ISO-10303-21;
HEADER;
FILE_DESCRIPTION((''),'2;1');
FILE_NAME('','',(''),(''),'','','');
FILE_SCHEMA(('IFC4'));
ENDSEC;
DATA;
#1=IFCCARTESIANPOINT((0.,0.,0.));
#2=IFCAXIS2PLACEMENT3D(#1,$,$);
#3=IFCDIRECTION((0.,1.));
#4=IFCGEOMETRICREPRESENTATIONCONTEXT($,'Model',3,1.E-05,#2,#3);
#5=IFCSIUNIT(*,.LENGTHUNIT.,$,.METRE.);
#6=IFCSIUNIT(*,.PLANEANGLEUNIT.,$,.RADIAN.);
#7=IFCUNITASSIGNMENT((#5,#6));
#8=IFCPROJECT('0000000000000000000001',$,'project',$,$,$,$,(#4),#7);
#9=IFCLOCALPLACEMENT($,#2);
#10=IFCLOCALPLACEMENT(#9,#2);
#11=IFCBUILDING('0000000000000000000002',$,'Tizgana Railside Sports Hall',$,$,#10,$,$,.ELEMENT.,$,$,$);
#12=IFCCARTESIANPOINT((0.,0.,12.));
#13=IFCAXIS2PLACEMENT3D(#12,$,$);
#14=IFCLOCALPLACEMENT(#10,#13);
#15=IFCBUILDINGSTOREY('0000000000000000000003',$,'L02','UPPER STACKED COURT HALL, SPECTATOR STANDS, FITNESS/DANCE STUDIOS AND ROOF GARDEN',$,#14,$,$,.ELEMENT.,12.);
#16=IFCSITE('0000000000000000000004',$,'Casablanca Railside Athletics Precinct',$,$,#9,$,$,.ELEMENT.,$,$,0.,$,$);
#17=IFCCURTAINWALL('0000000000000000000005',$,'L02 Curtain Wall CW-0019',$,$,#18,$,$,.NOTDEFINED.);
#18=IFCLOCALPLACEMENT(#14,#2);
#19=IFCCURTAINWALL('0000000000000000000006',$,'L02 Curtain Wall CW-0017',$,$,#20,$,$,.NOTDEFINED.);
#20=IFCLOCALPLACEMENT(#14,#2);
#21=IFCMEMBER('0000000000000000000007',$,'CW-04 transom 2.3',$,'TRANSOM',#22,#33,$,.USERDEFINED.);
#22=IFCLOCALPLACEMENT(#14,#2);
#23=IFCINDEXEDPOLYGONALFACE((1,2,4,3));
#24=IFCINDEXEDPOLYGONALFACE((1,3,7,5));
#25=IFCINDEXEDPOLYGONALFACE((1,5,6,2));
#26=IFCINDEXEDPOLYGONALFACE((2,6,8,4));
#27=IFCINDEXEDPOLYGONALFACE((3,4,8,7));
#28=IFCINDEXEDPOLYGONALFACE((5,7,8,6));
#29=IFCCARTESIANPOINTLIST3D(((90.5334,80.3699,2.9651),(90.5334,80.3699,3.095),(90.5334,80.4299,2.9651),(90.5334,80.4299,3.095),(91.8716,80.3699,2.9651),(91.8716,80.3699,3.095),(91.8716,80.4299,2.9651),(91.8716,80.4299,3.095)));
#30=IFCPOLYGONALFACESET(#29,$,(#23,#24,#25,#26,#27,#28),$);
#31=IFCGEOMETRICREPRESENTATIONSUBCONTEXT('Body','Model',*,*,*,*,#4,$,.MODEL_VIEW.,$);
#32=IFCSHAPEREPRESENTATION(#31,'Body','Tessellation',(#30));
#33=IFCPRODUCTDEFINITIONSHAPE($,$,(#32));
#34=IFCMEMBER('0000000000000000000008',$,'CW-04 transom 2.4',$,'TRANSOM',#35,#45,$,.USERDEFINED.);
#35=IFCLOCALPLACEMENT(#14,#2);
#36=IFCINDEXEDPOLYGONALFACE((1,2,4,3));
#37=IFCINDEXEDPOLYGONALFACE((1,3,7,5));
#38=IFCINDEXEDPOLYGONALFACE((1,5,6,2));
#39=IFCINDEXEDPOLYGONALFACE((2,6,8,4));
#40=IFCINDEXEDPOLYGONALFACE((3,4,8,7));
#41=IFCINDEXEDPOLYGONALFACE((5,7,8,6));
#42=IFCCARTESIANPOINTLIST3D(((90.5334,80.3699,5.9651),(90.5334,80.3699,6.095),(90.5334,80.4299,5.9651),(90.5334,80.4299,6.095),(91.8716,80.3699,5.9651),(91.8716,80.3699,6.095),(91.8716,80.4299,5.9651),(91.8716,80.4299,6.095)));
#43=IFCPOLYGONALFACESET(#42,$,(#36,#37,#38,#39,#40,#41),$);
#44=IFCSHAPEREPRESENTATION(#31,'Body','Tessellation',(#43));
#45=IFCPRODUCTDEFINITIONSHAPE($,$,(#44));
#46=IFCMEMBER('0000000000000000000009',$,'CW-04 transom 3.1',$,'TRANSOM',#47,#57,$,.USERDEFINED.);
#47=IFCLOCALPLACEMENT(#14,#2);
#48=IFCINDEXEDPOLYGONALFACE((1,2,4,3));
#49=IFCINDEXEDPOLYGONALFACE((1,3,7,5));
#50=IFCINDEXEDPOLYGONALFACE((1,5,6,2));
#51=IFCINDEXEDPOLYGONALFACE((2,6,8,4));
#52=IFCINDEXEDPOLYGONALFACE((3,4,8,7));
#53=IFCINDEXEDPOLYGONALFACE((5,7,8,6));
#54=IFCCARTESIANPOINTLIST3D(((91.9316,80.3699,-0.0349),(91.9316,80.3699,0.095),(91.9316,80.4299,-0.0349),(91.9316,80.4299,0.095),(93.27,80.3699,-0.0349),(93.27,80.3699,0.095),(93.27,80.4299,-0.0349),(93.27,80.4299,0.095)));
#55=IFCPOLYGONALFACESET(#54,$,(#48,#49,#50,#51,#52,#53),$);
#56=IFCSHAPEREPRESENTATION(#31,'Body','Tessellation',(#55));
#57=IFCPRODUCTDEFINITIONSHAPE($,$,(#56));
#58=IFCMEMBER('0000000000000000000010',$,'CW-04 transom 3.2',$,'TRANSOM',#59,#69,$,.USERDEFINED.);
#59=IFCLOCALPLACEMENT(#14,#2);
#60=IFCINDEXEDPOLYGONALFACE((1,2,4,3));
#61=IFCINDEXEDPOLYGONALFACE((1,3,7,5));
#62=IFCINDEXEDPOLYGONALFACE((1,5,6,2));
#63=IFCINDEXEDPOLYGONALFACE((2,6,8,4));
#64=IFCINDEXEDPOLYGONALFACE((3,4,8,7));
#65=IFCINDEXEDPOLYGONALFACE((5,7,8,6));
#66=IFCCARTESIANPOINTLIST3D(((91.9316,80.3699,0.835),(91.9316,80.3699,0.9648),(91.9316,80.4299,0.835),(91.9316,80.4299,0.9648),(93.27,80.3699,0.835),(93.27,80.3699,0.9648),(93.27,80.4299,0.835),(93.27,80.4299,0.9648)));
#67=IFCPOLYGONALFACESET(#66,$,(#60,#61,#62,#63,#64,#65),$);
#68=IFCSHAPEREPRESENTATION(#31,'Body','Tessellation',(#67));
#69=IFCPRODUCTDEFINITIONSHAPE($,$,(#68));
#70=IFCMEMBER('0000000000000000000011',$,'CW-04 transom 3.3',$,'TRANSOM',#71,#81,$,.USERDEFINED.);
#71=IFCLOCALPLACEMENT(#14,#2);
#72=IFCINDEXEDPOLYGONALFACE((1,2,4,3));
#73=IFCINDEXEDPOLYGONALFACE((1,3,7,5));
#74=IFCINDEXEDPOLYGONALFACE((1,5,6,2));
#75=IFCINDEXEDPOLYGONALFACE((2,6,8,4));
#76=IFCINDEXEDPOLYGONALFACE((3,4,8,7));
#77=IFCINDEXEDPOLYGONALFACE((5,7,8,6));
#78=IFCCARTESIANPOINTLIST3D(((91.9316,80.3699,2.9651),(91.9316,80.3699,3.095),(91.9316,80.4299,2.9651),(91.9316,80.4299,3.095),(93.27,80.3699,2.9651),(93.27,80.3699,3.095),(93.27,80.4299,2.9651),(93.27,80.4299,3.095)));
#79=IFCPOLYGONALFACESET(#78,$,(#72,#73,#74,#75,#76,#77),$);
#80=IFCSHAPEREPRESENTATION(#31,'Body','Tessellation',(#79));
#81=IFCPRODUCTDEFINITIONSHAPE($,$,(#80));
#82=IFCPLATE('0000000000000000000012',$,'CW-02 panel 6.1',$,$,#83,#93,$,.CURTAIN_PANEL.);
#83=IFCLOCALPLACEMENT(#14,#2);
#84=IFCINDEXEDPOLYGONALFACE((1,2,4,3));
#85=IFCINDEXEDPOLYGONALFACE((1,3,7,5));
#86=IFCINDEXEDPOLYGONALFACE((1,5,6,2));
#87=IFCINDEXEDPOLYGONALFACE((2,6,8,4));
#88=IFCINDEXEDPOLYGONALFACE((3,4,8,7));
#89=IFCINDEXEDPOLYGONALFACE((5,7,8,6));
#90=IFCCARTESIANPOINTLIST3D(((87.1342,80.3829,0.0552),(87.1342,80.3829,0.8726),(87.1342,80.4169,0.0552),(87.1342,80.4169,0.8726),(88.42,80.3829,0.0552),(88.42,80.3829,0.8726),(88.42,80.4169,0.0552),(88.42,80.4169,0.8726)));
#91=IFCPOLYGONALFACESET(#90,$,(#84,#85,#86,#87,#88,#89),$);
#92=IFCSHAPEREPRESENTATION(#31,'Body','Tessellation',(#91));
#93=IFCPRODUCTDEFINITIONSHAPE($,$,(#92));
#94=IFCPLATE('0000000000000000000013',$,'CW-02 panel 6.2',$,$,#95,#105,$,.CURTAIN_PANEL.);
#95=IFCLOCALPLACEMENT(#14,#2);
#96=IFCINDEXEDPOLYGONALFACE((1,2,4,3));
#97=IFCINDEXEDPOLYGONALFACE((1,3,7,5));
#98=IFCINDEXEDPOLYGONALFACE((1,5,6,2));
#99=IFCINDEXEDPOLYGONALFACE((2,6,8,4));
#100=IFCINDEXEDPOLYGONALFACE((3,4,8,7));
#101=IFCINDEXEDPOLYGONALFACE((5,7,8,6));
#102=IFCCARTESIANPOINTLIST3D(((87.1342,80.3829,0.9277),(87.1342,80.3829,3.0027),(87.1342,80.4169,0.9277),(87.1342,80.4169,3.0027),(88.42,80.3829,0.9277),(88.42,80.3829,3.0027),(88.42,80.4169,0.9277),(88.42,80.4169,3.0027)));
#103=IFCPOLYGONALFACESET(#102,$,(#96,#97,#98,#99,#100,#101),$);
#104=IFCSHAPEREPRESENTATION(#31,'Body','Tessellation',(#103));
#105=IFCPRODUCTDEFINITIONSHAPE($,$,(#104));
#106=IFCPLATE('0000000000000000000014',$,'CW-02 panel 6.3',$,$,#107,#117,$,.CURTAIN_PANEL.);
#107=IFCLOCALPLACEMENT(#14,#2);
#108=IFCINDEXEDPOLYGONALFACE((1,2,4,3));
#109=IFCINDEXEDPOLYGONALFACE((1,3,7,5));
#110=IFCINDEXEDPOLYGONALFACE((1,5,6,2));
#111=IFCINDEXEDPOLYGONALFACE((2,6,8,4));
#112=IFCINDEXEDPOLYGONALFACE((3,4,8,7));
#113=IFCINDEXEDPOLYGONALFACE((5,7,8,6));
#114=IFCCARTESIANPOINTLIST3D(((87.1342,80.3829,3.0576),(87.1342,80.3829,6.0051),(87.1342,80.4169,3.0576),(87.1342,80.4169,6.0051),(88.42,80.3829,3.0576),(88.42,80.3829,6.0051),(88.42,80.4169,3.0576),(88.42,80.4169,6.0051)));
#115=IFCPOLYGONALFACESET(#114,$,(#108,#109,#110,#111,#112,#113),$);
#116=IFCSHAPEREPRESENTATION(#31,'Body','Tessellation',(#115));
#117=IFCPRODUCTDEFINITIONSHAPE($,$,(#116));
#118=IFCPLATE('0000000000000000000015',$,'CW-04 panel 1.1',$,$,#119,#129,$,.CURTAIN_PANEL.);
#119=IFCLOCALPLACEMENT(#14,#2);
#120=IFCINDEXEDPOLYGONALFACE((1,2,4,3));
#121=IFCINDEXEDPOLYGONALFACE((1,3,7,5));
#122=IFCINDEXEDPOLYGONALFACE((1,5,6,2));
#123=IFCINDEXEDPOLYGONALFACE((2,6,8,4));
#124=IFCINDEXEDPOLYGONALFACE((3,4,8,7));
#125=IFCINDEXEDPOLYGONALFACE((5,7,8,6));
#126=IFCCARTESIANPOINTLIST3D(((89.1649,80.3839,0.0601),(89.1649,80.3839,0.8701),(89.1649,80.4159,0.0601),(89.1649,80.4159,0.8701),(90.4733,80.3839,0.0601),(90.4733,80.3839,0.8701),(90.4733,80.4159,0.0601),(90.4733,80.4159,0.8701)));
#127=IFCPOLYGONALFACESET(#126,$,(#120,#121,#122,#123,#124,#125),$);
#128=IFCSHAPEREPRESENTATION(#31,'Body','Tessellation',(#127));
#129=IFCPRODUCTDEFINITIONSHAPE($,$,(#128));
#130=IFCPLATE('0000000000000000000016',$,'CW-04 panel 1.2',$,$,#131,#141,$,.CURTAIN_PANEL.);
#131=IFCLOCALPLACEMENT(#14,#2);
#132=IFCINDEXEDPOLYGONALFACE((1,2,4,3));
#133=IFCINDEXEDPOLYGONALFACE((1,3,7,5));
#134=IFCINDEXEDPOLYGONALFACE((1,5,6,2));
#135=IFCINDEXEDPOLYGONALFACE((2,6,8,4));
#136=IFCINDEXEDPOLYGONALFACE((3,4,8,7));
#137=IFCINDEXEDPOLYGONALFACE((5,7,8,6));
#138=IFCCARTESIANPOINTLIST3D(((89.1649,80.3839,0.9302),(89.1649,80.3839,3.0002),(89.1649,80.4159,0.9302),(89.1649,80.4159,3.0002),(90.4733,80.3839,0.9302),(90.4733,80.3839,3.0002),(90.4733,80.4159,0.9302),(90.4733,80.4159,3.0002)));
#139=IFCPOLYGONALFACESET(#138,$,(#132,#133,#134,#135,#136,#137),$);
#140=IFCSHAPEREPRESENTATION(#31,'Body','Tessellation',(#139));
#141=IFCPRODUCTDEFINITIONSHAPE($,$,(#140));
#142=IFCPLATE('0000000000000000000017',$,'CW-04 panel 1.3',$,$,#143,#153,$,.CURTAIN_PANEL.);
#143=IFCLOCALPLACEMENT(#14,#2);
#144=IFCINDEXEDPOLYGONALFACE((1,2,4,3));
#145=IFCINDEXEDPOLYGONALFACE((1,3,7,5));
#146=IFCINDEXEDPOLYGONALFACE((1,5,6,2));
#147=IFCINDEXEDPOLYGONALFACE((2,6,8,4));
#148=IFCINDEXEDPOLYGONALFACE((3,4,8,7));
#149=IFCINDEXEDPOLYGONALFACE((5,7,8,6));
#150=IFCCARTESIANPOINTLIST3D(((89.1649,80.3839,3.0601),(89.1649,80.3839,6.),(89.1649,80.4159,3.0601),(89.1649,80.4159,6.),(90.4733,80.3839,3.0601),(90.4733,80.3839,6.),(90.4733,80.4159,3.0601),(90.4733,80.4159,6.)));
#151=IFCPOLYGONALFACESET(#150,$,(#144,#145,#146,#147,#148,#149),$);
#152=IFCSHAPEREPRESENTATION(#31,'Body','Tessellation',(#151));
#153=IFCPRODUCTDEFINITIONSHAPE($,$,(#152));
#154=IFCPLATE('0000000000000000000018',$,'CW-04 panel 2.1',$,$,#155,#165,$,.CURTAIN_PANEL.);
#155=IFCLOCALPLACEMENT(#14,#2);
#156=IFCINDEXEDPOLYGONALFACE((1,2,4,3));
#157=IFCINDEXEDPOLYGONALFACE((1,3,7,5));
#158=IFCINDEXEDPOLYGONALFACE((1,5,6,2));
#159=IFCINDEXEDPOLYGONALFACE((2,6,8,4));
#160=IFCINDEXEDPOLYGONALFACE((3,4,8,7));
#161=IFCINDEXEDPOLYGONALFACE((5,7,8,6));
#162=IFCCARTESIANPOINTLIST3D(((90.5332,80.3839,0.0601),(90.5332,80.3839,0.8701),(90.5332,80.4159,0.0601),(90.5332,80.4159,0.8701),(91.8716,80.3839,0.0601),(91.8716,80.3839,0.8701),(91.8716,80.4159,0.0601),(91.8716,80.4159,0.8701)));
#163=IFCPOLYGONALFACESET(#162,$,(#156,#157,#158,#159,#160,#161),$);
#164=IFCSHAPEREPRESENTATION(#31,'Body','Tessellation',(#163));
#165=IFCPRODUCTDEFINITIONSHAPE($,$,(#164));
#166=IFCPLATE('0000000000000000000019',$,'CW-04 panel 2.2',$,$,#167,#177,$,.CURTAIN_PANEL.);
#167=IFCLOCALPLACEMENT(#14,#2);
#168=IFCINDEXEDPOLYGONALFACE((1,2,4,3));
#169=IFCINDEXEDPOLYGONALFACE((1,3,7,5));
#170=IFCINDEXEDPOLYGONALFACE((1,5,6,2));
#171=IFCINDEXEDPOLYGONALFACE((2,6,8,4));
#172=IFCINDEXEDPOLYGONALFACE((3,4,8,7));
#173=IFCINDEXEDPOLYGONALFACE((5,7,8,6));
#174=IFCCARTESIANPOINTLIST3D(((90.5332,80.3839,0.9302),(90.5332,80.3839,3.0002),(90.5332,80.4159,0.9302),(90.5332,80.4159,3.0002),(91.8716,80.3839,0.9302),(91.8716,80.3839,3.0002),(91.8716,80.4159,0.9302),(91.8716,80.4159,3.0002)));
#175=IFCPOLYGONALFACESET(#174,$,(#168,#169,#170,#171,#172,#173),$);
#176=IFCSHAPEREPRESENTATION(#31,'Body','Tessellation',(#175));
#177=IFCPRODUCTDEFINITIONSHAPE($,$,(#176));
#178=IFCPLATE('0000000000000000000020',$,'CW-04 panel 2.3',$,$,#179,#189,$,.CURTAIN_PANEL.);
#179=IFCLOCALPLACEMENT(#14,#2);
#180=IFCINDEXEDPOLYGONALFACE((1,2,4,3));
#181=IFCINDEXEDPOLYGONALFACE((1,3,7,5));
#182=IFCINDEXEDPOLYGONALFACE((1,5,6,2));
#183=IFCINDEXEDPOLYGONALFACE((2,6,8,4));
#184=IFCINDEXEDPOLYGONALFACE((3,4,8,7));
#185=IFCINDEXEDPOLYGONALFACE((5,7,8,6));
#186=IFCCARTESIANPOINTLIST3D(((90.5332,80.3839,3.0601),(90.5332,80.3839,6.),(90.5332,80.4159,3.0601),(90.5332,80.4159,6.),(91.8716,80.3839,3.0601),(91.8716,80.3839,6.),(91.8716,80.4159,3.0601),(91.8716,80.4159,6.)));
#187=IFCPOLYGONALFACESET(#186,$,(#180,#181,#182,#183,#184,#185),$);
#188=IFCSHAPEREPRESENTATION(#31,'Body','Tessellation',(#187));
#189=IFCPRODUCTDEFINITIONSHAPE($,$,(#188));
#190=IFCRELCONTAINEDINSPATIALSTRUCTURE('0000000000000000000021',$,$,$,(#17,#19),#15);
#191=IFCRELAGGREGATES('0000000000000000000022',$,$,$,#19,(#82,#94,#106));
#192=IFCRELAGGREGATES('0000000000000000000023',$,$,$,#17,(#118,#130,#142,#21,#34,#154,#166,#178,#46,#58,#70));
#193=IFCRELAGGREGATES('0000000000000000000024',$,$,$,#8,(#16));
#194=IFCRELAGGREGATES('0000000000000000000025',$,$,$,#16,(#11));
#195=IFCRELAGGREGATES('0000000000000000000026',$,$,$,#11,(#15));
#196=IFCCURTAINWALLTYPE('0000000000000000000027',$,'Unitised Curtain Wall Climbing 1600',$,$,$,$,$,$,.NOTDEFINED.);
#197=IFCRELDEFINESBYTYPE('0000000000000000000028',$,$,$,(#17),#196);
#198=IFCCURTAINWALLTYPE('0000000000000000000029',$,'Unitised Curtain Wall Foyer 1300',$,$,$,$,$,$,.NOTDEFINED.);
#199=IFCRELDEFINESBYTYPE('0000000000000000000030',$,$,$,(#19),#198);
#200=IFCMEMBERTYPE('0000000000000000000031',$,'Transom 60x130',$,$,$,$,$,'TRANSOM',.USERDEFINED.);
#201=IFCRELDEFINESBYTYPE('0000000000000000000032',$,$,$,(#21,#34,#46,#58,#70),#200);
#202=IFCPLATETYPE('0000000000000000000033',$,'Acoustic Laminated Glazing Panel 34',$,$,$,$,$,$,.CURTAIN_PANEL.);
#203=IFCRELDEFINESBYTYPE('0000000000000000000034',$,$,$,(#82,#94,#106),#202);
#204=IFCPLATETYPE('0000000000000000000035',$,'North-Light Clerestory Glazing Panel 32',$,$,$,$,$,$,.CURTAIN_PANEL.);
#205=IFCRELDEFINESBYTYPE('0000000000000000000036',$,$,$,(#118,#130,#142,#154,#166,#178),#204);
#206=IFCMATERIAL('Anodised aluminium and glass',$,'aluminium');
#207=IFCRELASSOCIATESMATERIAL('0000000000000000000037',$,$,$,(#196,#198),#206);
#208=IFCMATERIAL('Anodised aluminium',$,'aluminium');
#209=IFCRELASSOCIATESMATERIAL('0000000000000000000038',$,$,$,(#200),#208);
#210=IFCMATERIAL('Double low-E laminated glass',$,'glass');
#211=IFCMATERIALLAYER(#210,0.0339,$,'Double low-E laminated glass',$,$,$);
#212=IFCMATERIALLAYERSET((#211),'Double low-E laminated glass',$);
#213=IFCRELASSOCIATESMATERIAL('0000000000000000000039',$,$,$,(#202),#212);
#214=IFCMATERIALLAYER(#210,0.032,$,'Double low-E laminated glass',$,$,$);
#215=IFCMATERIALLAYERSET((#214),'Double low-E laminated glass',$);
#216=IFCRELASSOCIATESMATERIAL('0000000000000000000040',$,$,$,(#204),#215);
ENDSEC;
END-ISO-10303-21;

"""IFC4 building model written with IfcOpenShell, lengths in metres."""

from ifc_helpers import new_model, si_unit, direction, frame, origin, origin_2d, place, context, subcontext, project, spatial, rectangle, extrude, material, layer, layer_set, material_profile, profile_set, type_object, element, aggregate, save


model = new_model("IFC4")

# Units and contexts
model_context = context("Model", 3, precision=1e-05, world=origin(), true_north=direction((0.0, 1.0)))
body_context = subcontext(model_context, "Body", "Model", "MODEL_VIEW")
ifc_project = project(units=[si_unit("LENGTHUNIT", "METRE"), si_unit("PLANEANGLEUNIT", "RADIAN")], contexts=[model_context])

# Site, building, storey
site_placement = place(None, origin())
site = spatial("IfcSite", under=ifc_project, at=site_placement, Name="Casablanca Railside Athletics Precinct", CompositionType="ELEMENT", RefElevation=0.0)
building_placement = place(site_placement, origin())
building = spatial("IfcBuilding", under=site, at=building_placement, Name="Tizgana Railside Sports Hall", CompositionType="ELEMENT")
storey_placement = place(building_placement, frame((0.0, 0.0, 12.0)))
storey = spatial("IfcBuildingStorey", under=building, at=storey_placement, Name="L02", Description="UPPER STACKED COURT HALL, SPECTATOR STANDS, FITNESS/DANCE STUDIOS AND ROOF GARDEN", CompositionType="ELEMENT", Elevation=12.0)

# Curtain walls
ifc_material_1 = material(Name="Anodised aluminium and glass", Category="aluminium")
curtain_wall_type_1 = type_object("IfcCurtainWallType", Name="Unitised Curtain Wall Climbing 1600", PredefinedType="NOTDEFINED", material=ifc_material_1)
curtain_wall_1_placement = place(storey_placement, origin())
curtain_wall_1 = element("IfcCurtainWall", 1, at=curtain_wall_1_placement, inside=storey, type_object=curtain_wall_type_1, Name="L02 Curtain Wall CW-0019", PredefinedType="NOTDEFINED")
ifc_material_2 = material(Name="Anodised aluminium", Category="aluminium")
curtain_wall_type_2 = type_object("IfcCurtainWallType", Name="Unitised Curtain Wall Foyer 1300", PredefinedType="NOTDEFINED", material=ifc_material_1)
curtain_wall_2_placement = place(storey_placement, origin())
curtain_wall_2 = element("IfcCurtainWall", 2, at=curtain_wall_2_placement, inside=storey, type_object=curtain_wall_type_2, Name="L02 Curtain Wall CW-0017", PredefinedType="NOTDEFINED")

# Members
ifc_material_profile_1 = material_profile(ifc_material_2, rectangle(XDim=0.0601, YDim=0.1299, at=origin_2d()), Name="Transom 60x130")
ifc_profile_set_1 = profile_set([ifc_material_profile_1], Name="Anodised aluminium")
member_type_1 = type_object("IfcMemberType", Name="Transom 60x130", ElementType="TRANSOM", PredefinedType="USERDEFINED", material=ifc_profile_set_1)
member_1_placement = place(storey_placement, frame((90.5334, 80.3999, 3.03), z_axis=(1.0, 0.0, 0.0), x_axis=(0.0, 1.0, 0.0)))
member_1 = element("IfcMember", 3, at=member_1_placement, type_object=member_type_1, Name="CW-04 transom 2.3", ObjectType="TRANSOM", PredefinedType="USERDEFINED", context=body_context, shape_type="SweptSolid", body=[
    extrude(rectangle(XDim=0.0601, YDim=0.1299, at=origin_2d()), origin(), (0.0, 0.0, 1.0), 1.3381),
])
member_2_placement = place(storey_placement, frame((90.5334, 80.3999, 6.03), z_axis=(1.0, 0.0, 0.0), x_axis=(0.0, 1.0, 0.0)))
member_2 = element("IfcMember", 4, at=member_2_placement, type_object=member_type_1, Name="CW-04 transom 2.4", ObjectType="TRANSOM", PredefinedType="USERDEFINED", context=body_context, shape_type="SweptSolid", body=[
    extrude(rectangle(XDim=0.0601, YDim=0.1299, at=origin_2d()), origin(), (0.0, 0.0, 1.0), 1.3381),
])
member_3_placement = place(storey_placement, frame((91.9316, 80.3999, 0.03), z_axis=(1.0, 0.0, 0.0), x_axis=(0.0, 1.0, 0.0)))
member_3 = element("IfcMember", 5, at=member_3_placement, type_object=member_type_1, Name="CW-04 transom 3.1", ObjectType="TRANSOM", PredefinedType="USERDEFINED", context=body_context, shape_type="SweptSolid", body=[
    extrude(rectangle(XDim=0.0601, YDim=0.1299, at=origin_2d()), origin(), (0.0, 0.0, 1.0), 1.3384),
])
member_4_placement = place(storey_placement, frame((91.9316, 80.3999, 0.8999), z_axis=(1.0, 0.0, 0.0), x_axis=(0.0, 1.0, 0.0)))
member_4 = element("IfcMember", 6, at=member_4_placement, type_object=member_type_1, Name="CW-04 transom 3.2", ObjectType="TRANSOM", PredefinedType="USERDEFINED", context=body_context, shape_type="SweptSolid", body=[
    extrude(rectangle(XDim=0.0601, YDim=0.1299, at=origin_2d()), origin(), (0.0, 0.0, 1.0), 1.3384),
])
member_5_placement = place(storey_placement, frame((91.9316, 80.3999, 3.03), z_axis=(1.0, 0.0, 0.0), x_axis=(0.0, 1.0, 0.0)))
member_5 = element("IfcMember", 7, at=member_5_placement, type_object=member_type_1, Name="CW-04 transom 3.3", ObjectType="TRANSOM", PredefinedType="USERDEFINED", context=body_context, shape_type="SweptSolid", body=[
    extrude(rectangle(XDim=0.0601, YDim=0.1299, at=origin_2d()), origin(), (0.0, 0.0, 1.0), 1.3384),
])

# Plates
ifc_material_3 = material(Name="Double low-E laminated glass", Category="glass")
ifc_layer_1 = layer(ifc_material_3, 0.0339, Name="Double low-E laminated glass")
ifc_layer_set_1 = layer_set([ifc_layer_1], Name="Double low-E laminated glass")
plate_type_1 = type_object("IfcPlateType", Name="Acoustic Laminated Glazing Panel 34", PredefinedType="CURTAIN_PANEL", material=ifc_layer_set_1)
plate_1_placement = place(storey_placement, frame((87.7771, 80.3999, 0.0552), z_axis=(0.0, 0.0, 1.0), x_axis=(1.0, 0.0, 0.0)))
plate_1 = element("IfcPlate", 8, at=plate_1_placement, type_object=plate_type_1, Name="CW-02 panel 6.1", PredefinedType="CURTAIN_PANEL", context=body_context, shape_type="SweptSolid", body=[
    extrude(rectangle(XDim=1.2859, YDim=0.0339, at=origin_2d()), origin(), (0.0, 0.0, 1.0), 0.8174),
])
plate_2_placement = place(storey_placement, frame((87.7771, 80.3999, 0.9277), z_axis=(0.0, 0.0, 1.0), x_axis=(1.0, 0.0, 0.0)))
plate_2 = element("IfcPlate", 9, at=plate_2_placement, type_object=plate_type_1, Name="CW-02 panel 6.2", PredefinedType="CURTAIN_PANEL", context=body_context, shape_type="SweptSolid", body=[
    extrude(rectangle(XDim=1.2859, YDim=0.0339, at=origin_2d()), origin(), (0.0, 0.0, 1.0), 2.075),
])
plate_3_placement = place(storey_placement, frame((87.7771, 80.3999, 3.0576), z_axis=(0.0, 0.0, 1.0), x_axis=(1.0, 0.0, 0.0)))
plate_3 = element("IfcPlate", 10, at=plate_3_placement, type_object=plate_type_1, Name="CW-02 panel 6.3", PredefinedType="CURTAIN_PANEL", context=body_context, shape_type="SweptSolid", body=[
    extrude(rectangle(XDim=1.2859, YDim=0.0339, at=origin_2d()), origin(), (0.0, 0.0, 1.0), 2.9475),
])
aggregate(curtain_wall_2, [plate_1, plate_2, plate_3])
ifc_layer_2 = layer(ifc_material_3, 0.032, Name="Double low-E laminated glass")
ifc_layer_set_2 = layer_set([ifc_layer_2], Name="Double low-E laminated glass")
plate_type_2 = type_object("IfcPlateType", Name="North-Light Clerestory Glazing Panel 32", PredefinedType="CURTAIN_PANEL", material=ifc_layer_set_2)
plate_4_placement = place(storey_placement, frame((89.8191, 80.3999, 0.0601), z_axis=(0.0, 0.0, 1.0), x_axis=(1.0, 0.0, 0.0)))
plate_4 = element("IfcPlate", 11, at=plate_4_placement, type_object=plate_type_2, Name="CW-04 panel 1.1", PredefinedType="CURTAIN_PANEL", context=body_context, shape_type="SweptSolid", body=[
    extrude(rectangle(XDim=1.3083, YDim=0.032, at=origin_2d()), origin(), (0.0, 0.0, 1.0), 0.8101),
])
plate_5_placement = place(storey_placement, frame((89.8191, 80.3999, 0.9302), z_axis=(0.0, 0.0, 1.0), x_axis=(1.0, 0.0, 0.0)))
plate_5 = element("IfcPlate", 12, at=plate_5_placement, type_object=plate_type_2, Name="CW-04 panel 1.2", PredefinedType="CURTAIN_PANEL", context=body_context, shape_type="SweptSolid", body=[
    extrude(rectangle(XDim=1.3083, YDim=0.032, at=origin_2d()), origin(), (0.0, 0.0, 1.0), 2.0701),
])
plate_6_placement = place(storey_placement, frame((89.8191, 80.3999, 3.0601), z_axis=(0.0, 0.0, 1.0), x_axis=(1.0, 0.0, 0.0)))
plate_6 = element("IfcPlate", 13, at=plate_6_placement, type_object=plate_type_2, Name="CW-04 panel 1.3", PredefinedType="CURTAIN_PANEL", context=body_context, shape_type="SweptSolid", body=[
    extrude(rectangle(XDim=1.3083, YDim=0.032, at=origin_2d()), origin(), (0.0, 0.0, 1.0), 2.9399),
])
plate_7_placement = place(storey_placement, frame((91.2024, 80.3999, 0.0601), z_axis=(0.0, 0.0, 1.0), x_axis=(1.0, 0.0, 0.0)))
plate_7 = element("IfcPlate", 14, at=plate_7_placement, type_object=plate_type_2, Name="CW-04 panel 2.1", PredefinedType="CURTAIN_PANEL", context=body_context, shape_type="SweptSolid", body=[
    extrude(rectangle(XDim=1.3384, YDim=0.032, at=origin_2d()), origin(), (0.0, 0.0, 1.0), 0.8101),
])
plate_8_placement = place(storey_placement, frame((91.2024, 80.3999, 0.9302), z_axis=(0.0, 0.0, 1.0), x_axis=(1.0, 0.0, 0.0)))
plate_8 = element("IfcPlate", 15, at=plate_8_placement, type_object=plate_type_2, Name="CW-04 panel 2.2", PredefinedType="CURTAIN_PANEL", context=body_context, shape_type="SweptSolid", body=[
    extrude(rectangle(XDim=1.3384, YDim=0.032, at=origin_2d()), origin(), (0.0, 0.0, 1.0), 2.0701),
])
plate_9_placement = place(storey_placement, frame((91.2024, 80.3999, 3.0601), z_axis=(0.0, 0.0, 1.0), x_axis=(1.0, 0.0, 0.0)))
plate_9 = element("IfcPlate", 16, at=plate_9_placement, type_object=plate_type_2, Name="CW-04 panel 2.3", PredefinedType="CURTAIN_PANEL", context=body_context, shape_type="SweptSolid", body=[
    extrude(rectangle(XDim=1.3384, YDim=0.032, at=origin_2d()), origin(), (0.0, 0.0, 1.0), 2.9399),
])
aggregate(curtain_wall_1, [plate_4, plate_5, plate_6, member_1, member_2, plate_7, plate_8, plate_9, member_3, member_4, member_5])

save(model, "model.ifc")
